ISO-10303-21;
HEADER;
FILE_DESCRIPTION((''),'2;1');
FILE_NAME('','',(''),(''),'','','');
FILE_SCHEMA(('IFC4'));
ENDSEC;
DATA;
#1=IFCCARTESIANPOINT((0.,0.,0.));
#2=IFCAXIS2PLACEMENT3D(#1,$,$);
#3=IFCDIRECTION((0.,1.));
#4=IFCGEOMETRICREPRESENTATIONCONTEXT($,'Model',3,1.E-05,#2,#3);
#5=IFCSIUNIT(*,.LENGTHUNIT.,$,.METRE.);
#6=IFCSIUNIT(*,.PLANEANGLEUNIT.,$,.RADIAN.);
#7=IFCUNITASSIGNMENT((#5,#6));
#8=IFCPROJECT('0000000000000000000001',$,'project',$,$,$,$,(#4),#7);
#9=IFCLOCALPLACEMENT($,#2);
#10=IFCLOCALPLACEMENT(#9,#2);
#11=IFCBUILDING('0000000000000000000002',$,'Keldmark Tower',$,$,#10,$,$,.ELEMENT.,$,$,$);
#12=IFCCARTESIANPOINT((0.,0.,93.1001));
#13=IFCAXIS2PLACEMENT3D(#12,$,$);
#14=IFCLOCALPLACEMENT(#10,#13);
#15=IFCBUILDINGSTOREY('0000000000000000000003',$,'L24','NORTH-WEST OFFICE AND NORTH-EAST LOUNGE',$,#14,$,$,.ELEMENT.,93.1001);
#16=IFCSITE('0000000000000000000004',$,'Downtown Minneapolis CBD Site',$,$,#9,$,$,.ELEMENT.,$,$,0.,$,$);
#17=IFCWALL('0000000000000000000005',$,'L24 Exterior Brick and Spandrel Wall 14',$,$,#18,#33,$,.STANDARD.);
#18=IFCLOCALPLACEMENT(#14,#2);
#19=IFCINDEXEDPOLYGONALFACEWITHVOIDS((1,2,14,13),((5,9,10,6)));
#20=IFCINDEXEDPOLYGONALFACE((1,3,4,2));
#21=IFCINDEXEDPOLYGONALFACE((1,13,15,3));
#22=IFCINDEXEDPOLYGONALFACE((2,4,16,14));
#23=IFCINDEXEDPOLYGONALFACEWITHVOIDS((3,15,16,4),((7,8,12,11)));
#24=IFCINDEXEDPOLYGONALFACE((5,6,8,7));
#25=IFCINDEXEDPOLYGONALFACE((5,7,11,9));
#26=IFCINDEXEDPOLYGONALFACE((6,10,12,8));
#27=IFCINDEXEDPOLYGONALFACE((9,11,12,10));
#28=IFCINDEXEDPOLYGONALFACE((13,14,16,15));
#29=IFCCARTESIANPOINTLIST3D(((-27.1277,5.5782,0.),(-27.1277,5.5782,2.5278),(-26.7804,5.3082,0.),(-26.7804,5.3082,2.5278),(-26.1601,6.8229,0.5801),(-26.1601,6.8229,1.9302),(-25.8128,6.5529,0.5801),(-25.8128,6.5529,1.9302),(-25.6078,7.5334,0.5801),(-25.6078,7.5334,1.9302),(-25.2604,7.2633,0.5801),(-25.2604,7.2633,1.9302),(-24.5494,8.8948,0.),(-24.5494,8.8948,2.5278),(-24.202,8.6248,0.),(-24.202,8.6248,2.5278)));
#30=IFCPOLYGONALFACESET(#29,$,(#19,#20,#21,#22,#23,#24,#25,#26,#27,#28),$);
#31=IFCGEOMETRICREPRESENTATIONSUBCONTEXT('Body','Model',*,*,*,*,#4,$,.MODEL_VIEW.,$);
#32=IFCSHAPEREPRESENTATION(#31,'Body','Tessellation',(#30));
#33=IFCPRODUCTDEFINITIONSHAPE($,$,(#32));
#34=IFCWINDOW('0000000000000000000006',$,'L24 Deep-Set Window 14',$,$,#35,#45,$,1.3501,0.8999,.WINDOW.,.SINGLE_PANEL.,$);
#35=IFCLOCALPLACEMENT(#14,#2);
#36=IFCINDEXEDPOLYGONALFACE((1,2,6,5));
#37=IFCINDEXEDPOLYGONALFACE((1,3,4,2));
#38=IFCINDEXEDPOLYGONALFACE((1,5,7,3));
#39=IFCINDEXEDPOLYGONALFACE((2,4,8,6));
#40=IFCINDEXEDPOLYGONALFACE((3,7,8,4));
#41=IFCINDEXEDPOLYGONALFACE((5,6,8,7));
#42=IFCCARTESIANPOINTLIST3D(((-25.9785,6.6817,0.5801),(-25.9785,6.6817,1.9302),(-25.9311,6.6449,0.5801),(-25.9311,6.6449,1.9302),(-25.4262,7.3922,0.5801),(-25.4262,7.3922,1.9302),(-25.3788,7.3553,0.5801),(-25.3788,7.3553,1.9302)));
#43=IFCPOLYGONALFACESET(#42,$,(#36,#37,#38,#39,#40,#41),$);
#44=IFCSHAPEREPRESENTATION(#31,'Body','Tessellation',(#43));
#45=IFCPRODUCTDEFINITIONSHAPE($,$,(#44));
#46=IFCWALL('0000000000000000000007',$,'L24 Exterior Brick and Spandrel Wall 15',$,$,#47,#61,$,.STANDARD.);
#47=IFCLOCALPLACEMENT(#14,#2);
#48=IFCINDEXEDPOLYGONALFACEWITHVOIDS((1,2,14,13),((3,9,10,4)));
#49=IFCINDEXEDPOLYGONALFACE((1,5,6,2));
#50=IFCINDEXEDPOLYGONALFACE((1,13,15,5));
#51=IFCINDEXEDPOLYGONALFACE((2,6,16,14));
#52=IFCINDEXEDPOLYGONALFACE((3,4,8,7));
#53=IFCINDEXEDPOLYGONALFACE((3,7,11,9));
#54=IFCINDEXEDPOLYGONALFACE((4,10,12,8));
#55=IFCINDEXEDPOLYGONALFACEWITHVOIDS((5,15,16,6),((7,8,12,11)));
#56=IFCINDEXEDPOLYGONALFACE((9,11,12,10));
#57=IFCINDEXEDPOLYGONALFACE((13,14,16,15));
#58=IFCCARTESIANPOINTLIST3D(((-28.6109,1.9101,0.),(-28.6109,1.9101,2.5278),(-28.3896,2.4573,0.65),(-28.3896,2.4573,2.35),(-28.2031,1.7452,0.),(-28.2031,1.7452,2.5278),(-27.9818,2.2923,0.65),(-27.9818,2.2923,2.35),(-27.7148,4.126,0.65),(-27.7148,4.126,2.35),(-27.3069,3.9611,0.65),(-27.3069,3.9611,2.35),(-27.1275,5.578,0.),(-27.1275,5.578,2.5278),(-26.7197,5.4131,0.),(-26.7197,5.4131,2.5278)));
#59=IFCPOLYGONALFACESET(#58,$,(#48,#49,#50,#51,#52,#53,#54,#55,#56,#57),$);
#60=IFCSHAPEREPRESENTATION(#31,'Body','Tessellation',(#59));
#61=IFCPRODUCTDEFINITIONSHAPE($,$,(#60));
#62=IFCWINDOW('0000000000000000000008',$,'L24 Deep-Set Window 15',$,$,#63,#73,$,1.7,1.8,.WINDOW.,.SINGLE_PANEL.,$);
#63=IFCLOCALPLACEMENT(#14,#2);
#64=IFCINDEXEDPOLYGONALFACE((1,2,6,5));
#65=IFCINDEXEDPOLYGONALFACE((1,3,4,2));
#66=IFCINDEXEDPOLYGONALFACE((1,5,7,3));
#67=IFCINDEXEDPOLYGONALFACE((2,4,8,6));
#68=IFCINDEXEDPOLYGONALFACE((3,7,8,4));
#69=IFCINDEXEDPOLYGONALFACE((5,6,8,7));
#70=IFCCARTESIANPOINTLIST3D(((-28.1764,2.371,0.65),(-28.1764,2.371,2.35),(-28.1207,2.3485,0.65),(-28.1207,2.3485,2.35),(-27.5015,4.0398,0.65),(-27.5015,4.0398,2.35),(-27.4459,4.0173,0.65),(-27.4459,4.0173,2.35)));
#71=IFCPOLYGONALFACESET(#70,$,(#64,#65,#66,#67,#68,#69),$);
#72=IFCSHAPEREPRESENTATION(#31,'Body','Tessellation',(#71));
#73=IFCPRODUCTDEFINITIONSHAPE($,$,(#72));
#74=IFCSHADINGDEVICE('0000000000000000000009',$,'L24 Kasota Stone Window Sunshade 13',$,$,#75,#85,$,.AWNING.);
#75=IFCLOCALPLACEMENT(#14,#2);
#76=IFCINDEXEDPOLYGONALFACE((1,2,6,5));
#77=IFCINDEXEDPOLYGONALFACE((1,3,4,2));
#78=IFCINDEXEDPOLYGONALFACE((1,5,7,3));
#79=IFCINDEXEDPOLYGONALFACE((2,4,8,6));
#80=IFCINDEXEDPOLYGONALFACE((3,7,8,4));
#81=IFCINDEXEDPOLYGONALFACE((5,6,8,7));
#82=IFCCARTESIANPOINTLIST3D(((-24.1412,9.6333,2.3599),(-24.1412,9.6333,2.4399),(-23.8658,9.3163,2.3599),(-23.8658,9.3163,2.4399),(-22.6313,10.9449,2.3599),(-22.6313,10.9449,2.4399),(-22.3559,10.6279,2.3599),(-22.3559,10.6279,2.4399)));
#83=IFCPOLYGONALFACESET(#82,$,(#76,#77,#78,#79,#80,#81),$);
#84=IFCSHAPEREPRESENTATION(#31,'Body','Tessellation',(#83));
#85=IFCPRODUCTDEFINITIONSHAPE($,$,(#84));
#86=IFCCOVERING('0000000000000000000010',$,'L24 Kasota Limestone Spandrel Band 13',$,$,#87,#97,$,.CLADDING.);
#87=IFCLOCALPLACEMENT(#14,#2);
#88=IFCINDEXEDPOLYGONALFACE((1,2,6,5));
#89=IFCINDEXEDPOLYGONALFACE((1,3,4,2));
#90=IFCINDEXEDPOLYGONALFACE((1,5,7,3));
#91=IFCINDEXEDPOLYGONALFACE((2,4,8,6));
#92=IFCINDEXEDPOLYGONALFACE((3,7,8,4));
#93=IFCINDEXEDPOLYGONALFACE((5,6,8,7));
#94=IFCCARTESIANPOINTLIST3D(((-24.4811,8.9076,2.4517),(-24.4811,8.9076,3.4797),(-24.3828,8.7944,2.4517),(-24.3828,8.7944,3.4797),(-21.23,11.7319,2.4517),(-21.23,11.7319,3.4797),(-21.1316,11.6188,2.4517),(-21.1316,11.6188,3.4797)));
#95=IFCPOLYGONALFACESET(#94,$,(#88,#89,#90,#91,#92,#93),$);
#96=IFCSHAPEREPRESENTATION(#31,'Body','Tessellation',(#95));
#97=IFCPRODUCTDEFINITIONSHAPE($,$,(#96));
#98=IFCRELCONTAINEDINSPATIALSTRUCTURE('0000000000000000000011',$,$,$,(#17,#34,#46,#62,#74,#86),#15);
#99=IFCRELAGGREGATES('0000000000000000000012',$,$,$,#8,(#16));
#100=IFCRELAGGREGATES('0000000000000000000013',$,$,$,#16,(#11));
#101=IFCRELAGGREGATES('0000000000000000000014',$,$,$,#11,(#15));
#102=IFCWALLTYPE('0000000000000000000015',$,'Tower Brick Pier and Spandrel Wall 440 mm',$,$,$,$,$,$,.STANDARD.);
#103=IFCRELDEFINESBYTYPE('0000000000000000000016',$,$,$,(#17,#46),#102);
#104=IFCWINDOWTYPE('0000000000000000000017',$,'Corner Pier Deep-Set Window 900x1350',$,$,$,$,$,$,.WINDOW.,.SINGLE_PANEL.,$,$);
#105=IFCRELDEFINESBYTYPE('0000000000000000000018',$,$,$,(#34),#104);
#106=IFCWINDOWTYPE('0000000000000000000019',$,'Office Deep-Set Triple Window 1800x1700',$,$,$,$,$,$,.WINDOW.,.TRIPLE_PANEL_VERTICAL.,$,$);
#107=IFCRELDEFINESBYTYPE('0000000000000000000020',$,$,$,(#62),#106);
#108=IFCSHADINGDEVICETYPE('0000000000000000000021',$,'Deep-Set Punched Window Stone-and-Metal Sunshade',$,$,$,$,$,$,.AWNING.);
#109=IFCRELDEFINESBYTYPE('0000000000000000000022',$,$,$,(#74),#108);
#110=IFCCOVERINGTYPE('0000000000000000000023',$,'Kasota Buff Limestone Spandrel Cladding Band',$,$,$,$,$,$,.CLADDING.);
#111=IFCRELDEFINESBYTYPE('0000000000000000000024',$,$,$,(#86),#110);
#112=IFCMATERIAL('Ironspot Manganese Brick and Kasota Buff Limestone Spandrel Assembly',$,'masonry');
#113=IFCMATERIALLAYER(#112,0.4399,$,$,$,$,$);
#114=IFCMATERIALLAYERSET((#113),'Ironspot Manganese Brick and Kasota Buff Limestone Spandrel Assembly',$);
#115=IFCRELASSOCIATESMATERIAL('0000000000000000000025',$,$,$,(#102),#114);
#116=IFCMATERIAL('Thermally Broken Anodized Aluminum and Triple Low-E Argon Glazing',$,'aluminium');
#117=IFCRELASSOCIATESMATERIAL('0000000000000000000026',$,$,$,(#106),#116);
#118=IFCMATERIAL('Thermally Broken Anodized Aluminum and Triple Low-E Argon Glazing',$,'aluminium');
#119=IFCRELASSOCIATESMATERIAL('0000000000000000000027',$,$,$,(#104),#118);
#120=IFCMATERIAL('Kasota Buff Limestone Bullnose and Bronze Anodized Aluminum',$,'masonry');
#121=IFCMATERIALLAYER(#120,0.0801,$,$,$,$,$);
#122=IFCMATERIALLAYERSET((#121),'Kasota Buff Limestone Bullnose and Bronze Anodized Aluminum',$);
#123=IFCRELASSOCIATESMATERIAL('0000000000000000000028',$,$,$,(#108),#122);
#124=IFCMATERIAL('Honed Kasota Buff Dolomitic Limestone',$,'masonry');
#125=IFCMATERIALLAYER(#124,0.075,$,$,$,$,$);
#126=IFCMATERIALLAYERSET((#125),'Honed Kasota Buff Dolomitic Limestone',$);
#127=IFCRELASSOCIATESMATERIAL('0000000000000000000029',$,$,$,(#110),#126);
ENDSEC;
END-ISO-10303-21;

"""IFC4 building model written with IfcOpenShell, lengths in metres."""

from ifc_helpers import new_model, si_unit, direction, frame, frame_2d, origin, origin_2d, place, context, subcontext, project, spatial, rectangle, extrude, material, layer, layer_set, type_object, element, fill, save


model = new_model("IFC4")

# Units and contexts
model_context = context("Model", 3, precision=1e-05, world=origin(), true_north=direction((0.0, 1.0)))
body_context = subcontext(model_context, "Body", "Model", "MODEL_VIEW")
ifc_project = project(units=[si_unit("LENGTHUNIT", "METRE"), si_unit("PLANEANGLEUNIT", "RADIAN")], contexts=[model_context])

# Site, building, storey
site_placement = place(None, origin())
site = spatial("IfcSite", under=ifc_project, at=site_placement, Name="Downtown Minneapolis CBD Site", CompositionType="ELEMENT", RefElevation=0.0)
building_placement = place(site_placement, origin())
building = spatial("IfcBuilding", under=site, at=building_placement, Name="Keldmark Tower", CompositionType="ELEMENT")
storey_placement = place(building_placement, frame((0.0, 0.0, 93.1001)))
storey = spatial("IfcBuildingStorey", under=building, at=storey_placement, Name="L24", Description="NORTH-WEST OFFICE AND NORTH-EAST LOUNGE", CompositionType="ELEMENT", Elevation=93.1001)

# Walls, openings, windows
ifc_material_1 = material(Name="Ironspot Manganese Brick and Kasota Buff Limestone Spandrel Assembly", Category="masonry")
ifc_layer_1 = layer(ifc_material_1, 0.4399)
ifc_layer_set_1 = layer_set([ifc_layer_1], Name="Ironspot Manganese Brick and Kasota Buff Limestone Spandrel Assembly")
wall_type_1 = type_object("IfcWallType", Name="Tower Brick Pier and Spandrel Wall 440 mm", PredefinedType="STANDARD", material=ifc_layer_set_1)
ifc_material_2 = material(Name="Thermally Broken Anodized Aluminum and Triple Low-E Argon Glazing", Category="aluminium")
window_type_1 = type_object("IfcWindowType", Name="Office Deep-Set Triple Window 1800x1700", PartitioningType="TRIPLE_PANEL_VERTICAL", PredefinedType="WINDOW", material=ifc_material_2)
wall_1_placement = place(storey_placement, frame((-26.9541, 5.4431, 0.0), z_axis=(0.0, 0.0, 1.0), x_axis=(0.613756, 0.789496, 0.0)))
wall_1 = element("IfcWall", 1, at=wall_1_placement, inside=storey, type_object=wall_type_1, Name="L24 Exterior Brick and Spandrel Wall 14", PredefinedType="STANDARD", context=body_context, shape_type="SweptSolid", body=[
    extrude(rectangle(XDim=4.2009, YDim=0.4399, at=frame_2d((2.1006, 0.0))), origin(), (0.0, 0.0, 1.0), 2.5278),
])
opening_1_placement = place(wall_1_placement, frame((1.5767, 0.0, 0.5801)))
opening_1 = element("IfcOpeningElement", 2, at=opening_1_placement, cuts=wall_1, PredefinedType="OPENING", context=body_context, shape_type="SweptSolid", body=[
    extrude(rectangle(XDim=0.8999, YDim=1.3501, at=frame_2d((0.45, 0.675))), frame((0.0, 0.23, 0.0), z_axis=(0.0, -1.0, 0.0), x_axis=(1.0, 0.0, 0.0)), (0.0, 0.0, 1.0), 0.46),
])
ifc_material_3 = material(Name="Thermally Broken Anodized Aluminum and Triple Low-E Argon Glazing", Category="aluminium")
window_type_2 = type_object("IfcWindowType", Name="Corner Pier Deep-Set Window 900x1350", PartitioningType="SINGLE_PANEL", PredefinedType="WINDOW", material=ifc_material_3)
window_1_placement = place(opening_1_placement, origin())
window_1 = element("IfcWindow", 3, at=window_1_placement, inside=storey, type_object=window_type_2, Name="L24 Deep-Set Window 14", OverallHeight=1.3501, OverallWidth=0.8999, PartitioningType="SINGLE_PANEL", PredefinedType="WINDOW", context=body_context, shape_type="SweptSolid", body=[
    extrude(rectangle(XDim=0.8999, YDim=1.3501, at=frame_2d((0.45, 0.675))), frame((0.0, -0.01, 0.0), z_axis=(0.0, -1.0, 0.0), x_axis=(1.0, 0.0, 0.0)), (0.0, 0.0, 1.0), 0.0601),
])
fill(opening_1, window_1)
wall_2_placement = place(storey_placement, frame((-28.407, 1.8276, 0.0), z_axis=(0.0, 0.0, 1.0), x_axis=(0.37492, 0.927057, 0.0)))
wall_2 = element("IfcWall", 4, at=wall_2_placement, inside=storey, type_object=wall_type_1, Name="L24 Exterior Brick and Spandrel Wall 15", PredefinedType="STANDARD", context=body_context, shape_type="SweptSolid", body=[
    extrude(rectangle(XDim=3.9565, YDim=0.4399, at=frame_2d((1.9783, 0.0))), origin(), (0.0, 0.0, 1.0), 2.5278),
])
opening_2_placement = place(wall_2_placement, frame((0.5903, 0.0, 0.6499)))
opening_2 = element("IfcOpeningElement", 5, at=opening_2_placement, cuts=wall_2, PredefinedType="OPENING", context=body_context, shape_type="SweptSolid", body=[
    extrude(rectangle(XDim=1.8, YDim=1.7, at=frame_2d((0.8999, 0.8501))), frame((0.0, 0.23, 0.0), z_axis=(0.0, -1.0, 0.0), x_axis=(1.0, 0.0, 0.0)), (0.0, 0.0, 1.0), 0.46),
])
window_2_placement = place(opening_2_placement, origin())
window_2 = element("IfcWindow", 6, at=window_2_placement, inside=storey, type_object=window_type_1, Name="L24 Deep-Set Window 15", OverallHeight=1.7, OverallWidth=1.8, PartitioningType="SINGLE_PANEL", PredefinedType="WINDOW", context=body_context, shape_type="SweptSolid", body=[
    extrude(rectangle(XDim=1.8, YDim=1.7, at=frame_2d((0.8999, 0.8501))), frame((0.0, -0.01, 0.0), z_axis=(0.0, -1.0, 0.0), x_axis=(1.0, 0.0, 0.0)), (0.0, 0.0, 1.0), 0.0601),
])
fill(opening_2, window_2)

# Shading device
ifc_material_4 = material(Name="Kasota Buff Limestone Bullnose and Bronze Anodized Aluminum", Category="masonry")
ifc_layer_2 = layer(ifc_material_4, 0.0801)
ifc_layer_set_2 = layer_set([ifc_layer_2], Name="Kasota Buff Limestone Bullnose and Bronze Anodized Aluminum")
shading_device_type = type_object("IfcShadingDeviceType", Name="Deep-Set Punched Window Stone-and-Metal Sunshade", PredefinedType="AWNING", material=ifc_layer_set_2)
shading_device_placement = place(storey_placement, frame((-23.2485, 10.1306, 2.3599), z_axis=(0.0, 0.0, 1.0), x_axis=(0.754927, 0.655809, 0.0)))
element("IfcShadingDevice", 7, at=shading_device_placement, inside=storey, type_object=shading_device_type, Name="L24 Kasota Stone Window Sunshade 13", PredefinedType="AWNING", context=body_context, shape_type="SweptSolid", body=[
    extrude(rectangle(XDim=2.0, YDim=0.4199, at=origin_2d()), origin(), (0.0, 0.0, 1.0), 0.0801),
])

# Covering
ifc_material_5 = material(Name="Honed Kasota Buff Dolomitic Limestone", Category="masonry")
ifc_layer_3 = layer(ifc_material_5, 0.075)
ifc_layer_set_3 = layer_set([ifc_layer_3], Name="Honed Kasota Buff Dolomitic Limestone")
covering_type = type_object("IfcCoveringType", Name="Kasota Buff Limestone Spandrel Cladding Band", PredefinedType="CLADDING", material=ifc_layer_set_3)
covering_placement = place(storey_placement, frame((-22.8064, 10.2632, 2.4517), z_axis=(0.0, 0.0, 1.0), x_axis=(-0.754927, -0.655809, 0.0)))
element("IfcCovering", 8, at=covering_placement, inside=storey, type_object=covering_type, Name="L24 Kasota Limestone Spandrel Band 13", PredefinedType="CLADDING", context=body_context, shape_type="SweptSolid", body=[
    extrude(rectangle(XDim=4.3066, YDim=0.1499, at=origin_2d()), origin(), (0.0, 0.0, 1.0), 1.0281),
])

save(model, "model.ifc")
